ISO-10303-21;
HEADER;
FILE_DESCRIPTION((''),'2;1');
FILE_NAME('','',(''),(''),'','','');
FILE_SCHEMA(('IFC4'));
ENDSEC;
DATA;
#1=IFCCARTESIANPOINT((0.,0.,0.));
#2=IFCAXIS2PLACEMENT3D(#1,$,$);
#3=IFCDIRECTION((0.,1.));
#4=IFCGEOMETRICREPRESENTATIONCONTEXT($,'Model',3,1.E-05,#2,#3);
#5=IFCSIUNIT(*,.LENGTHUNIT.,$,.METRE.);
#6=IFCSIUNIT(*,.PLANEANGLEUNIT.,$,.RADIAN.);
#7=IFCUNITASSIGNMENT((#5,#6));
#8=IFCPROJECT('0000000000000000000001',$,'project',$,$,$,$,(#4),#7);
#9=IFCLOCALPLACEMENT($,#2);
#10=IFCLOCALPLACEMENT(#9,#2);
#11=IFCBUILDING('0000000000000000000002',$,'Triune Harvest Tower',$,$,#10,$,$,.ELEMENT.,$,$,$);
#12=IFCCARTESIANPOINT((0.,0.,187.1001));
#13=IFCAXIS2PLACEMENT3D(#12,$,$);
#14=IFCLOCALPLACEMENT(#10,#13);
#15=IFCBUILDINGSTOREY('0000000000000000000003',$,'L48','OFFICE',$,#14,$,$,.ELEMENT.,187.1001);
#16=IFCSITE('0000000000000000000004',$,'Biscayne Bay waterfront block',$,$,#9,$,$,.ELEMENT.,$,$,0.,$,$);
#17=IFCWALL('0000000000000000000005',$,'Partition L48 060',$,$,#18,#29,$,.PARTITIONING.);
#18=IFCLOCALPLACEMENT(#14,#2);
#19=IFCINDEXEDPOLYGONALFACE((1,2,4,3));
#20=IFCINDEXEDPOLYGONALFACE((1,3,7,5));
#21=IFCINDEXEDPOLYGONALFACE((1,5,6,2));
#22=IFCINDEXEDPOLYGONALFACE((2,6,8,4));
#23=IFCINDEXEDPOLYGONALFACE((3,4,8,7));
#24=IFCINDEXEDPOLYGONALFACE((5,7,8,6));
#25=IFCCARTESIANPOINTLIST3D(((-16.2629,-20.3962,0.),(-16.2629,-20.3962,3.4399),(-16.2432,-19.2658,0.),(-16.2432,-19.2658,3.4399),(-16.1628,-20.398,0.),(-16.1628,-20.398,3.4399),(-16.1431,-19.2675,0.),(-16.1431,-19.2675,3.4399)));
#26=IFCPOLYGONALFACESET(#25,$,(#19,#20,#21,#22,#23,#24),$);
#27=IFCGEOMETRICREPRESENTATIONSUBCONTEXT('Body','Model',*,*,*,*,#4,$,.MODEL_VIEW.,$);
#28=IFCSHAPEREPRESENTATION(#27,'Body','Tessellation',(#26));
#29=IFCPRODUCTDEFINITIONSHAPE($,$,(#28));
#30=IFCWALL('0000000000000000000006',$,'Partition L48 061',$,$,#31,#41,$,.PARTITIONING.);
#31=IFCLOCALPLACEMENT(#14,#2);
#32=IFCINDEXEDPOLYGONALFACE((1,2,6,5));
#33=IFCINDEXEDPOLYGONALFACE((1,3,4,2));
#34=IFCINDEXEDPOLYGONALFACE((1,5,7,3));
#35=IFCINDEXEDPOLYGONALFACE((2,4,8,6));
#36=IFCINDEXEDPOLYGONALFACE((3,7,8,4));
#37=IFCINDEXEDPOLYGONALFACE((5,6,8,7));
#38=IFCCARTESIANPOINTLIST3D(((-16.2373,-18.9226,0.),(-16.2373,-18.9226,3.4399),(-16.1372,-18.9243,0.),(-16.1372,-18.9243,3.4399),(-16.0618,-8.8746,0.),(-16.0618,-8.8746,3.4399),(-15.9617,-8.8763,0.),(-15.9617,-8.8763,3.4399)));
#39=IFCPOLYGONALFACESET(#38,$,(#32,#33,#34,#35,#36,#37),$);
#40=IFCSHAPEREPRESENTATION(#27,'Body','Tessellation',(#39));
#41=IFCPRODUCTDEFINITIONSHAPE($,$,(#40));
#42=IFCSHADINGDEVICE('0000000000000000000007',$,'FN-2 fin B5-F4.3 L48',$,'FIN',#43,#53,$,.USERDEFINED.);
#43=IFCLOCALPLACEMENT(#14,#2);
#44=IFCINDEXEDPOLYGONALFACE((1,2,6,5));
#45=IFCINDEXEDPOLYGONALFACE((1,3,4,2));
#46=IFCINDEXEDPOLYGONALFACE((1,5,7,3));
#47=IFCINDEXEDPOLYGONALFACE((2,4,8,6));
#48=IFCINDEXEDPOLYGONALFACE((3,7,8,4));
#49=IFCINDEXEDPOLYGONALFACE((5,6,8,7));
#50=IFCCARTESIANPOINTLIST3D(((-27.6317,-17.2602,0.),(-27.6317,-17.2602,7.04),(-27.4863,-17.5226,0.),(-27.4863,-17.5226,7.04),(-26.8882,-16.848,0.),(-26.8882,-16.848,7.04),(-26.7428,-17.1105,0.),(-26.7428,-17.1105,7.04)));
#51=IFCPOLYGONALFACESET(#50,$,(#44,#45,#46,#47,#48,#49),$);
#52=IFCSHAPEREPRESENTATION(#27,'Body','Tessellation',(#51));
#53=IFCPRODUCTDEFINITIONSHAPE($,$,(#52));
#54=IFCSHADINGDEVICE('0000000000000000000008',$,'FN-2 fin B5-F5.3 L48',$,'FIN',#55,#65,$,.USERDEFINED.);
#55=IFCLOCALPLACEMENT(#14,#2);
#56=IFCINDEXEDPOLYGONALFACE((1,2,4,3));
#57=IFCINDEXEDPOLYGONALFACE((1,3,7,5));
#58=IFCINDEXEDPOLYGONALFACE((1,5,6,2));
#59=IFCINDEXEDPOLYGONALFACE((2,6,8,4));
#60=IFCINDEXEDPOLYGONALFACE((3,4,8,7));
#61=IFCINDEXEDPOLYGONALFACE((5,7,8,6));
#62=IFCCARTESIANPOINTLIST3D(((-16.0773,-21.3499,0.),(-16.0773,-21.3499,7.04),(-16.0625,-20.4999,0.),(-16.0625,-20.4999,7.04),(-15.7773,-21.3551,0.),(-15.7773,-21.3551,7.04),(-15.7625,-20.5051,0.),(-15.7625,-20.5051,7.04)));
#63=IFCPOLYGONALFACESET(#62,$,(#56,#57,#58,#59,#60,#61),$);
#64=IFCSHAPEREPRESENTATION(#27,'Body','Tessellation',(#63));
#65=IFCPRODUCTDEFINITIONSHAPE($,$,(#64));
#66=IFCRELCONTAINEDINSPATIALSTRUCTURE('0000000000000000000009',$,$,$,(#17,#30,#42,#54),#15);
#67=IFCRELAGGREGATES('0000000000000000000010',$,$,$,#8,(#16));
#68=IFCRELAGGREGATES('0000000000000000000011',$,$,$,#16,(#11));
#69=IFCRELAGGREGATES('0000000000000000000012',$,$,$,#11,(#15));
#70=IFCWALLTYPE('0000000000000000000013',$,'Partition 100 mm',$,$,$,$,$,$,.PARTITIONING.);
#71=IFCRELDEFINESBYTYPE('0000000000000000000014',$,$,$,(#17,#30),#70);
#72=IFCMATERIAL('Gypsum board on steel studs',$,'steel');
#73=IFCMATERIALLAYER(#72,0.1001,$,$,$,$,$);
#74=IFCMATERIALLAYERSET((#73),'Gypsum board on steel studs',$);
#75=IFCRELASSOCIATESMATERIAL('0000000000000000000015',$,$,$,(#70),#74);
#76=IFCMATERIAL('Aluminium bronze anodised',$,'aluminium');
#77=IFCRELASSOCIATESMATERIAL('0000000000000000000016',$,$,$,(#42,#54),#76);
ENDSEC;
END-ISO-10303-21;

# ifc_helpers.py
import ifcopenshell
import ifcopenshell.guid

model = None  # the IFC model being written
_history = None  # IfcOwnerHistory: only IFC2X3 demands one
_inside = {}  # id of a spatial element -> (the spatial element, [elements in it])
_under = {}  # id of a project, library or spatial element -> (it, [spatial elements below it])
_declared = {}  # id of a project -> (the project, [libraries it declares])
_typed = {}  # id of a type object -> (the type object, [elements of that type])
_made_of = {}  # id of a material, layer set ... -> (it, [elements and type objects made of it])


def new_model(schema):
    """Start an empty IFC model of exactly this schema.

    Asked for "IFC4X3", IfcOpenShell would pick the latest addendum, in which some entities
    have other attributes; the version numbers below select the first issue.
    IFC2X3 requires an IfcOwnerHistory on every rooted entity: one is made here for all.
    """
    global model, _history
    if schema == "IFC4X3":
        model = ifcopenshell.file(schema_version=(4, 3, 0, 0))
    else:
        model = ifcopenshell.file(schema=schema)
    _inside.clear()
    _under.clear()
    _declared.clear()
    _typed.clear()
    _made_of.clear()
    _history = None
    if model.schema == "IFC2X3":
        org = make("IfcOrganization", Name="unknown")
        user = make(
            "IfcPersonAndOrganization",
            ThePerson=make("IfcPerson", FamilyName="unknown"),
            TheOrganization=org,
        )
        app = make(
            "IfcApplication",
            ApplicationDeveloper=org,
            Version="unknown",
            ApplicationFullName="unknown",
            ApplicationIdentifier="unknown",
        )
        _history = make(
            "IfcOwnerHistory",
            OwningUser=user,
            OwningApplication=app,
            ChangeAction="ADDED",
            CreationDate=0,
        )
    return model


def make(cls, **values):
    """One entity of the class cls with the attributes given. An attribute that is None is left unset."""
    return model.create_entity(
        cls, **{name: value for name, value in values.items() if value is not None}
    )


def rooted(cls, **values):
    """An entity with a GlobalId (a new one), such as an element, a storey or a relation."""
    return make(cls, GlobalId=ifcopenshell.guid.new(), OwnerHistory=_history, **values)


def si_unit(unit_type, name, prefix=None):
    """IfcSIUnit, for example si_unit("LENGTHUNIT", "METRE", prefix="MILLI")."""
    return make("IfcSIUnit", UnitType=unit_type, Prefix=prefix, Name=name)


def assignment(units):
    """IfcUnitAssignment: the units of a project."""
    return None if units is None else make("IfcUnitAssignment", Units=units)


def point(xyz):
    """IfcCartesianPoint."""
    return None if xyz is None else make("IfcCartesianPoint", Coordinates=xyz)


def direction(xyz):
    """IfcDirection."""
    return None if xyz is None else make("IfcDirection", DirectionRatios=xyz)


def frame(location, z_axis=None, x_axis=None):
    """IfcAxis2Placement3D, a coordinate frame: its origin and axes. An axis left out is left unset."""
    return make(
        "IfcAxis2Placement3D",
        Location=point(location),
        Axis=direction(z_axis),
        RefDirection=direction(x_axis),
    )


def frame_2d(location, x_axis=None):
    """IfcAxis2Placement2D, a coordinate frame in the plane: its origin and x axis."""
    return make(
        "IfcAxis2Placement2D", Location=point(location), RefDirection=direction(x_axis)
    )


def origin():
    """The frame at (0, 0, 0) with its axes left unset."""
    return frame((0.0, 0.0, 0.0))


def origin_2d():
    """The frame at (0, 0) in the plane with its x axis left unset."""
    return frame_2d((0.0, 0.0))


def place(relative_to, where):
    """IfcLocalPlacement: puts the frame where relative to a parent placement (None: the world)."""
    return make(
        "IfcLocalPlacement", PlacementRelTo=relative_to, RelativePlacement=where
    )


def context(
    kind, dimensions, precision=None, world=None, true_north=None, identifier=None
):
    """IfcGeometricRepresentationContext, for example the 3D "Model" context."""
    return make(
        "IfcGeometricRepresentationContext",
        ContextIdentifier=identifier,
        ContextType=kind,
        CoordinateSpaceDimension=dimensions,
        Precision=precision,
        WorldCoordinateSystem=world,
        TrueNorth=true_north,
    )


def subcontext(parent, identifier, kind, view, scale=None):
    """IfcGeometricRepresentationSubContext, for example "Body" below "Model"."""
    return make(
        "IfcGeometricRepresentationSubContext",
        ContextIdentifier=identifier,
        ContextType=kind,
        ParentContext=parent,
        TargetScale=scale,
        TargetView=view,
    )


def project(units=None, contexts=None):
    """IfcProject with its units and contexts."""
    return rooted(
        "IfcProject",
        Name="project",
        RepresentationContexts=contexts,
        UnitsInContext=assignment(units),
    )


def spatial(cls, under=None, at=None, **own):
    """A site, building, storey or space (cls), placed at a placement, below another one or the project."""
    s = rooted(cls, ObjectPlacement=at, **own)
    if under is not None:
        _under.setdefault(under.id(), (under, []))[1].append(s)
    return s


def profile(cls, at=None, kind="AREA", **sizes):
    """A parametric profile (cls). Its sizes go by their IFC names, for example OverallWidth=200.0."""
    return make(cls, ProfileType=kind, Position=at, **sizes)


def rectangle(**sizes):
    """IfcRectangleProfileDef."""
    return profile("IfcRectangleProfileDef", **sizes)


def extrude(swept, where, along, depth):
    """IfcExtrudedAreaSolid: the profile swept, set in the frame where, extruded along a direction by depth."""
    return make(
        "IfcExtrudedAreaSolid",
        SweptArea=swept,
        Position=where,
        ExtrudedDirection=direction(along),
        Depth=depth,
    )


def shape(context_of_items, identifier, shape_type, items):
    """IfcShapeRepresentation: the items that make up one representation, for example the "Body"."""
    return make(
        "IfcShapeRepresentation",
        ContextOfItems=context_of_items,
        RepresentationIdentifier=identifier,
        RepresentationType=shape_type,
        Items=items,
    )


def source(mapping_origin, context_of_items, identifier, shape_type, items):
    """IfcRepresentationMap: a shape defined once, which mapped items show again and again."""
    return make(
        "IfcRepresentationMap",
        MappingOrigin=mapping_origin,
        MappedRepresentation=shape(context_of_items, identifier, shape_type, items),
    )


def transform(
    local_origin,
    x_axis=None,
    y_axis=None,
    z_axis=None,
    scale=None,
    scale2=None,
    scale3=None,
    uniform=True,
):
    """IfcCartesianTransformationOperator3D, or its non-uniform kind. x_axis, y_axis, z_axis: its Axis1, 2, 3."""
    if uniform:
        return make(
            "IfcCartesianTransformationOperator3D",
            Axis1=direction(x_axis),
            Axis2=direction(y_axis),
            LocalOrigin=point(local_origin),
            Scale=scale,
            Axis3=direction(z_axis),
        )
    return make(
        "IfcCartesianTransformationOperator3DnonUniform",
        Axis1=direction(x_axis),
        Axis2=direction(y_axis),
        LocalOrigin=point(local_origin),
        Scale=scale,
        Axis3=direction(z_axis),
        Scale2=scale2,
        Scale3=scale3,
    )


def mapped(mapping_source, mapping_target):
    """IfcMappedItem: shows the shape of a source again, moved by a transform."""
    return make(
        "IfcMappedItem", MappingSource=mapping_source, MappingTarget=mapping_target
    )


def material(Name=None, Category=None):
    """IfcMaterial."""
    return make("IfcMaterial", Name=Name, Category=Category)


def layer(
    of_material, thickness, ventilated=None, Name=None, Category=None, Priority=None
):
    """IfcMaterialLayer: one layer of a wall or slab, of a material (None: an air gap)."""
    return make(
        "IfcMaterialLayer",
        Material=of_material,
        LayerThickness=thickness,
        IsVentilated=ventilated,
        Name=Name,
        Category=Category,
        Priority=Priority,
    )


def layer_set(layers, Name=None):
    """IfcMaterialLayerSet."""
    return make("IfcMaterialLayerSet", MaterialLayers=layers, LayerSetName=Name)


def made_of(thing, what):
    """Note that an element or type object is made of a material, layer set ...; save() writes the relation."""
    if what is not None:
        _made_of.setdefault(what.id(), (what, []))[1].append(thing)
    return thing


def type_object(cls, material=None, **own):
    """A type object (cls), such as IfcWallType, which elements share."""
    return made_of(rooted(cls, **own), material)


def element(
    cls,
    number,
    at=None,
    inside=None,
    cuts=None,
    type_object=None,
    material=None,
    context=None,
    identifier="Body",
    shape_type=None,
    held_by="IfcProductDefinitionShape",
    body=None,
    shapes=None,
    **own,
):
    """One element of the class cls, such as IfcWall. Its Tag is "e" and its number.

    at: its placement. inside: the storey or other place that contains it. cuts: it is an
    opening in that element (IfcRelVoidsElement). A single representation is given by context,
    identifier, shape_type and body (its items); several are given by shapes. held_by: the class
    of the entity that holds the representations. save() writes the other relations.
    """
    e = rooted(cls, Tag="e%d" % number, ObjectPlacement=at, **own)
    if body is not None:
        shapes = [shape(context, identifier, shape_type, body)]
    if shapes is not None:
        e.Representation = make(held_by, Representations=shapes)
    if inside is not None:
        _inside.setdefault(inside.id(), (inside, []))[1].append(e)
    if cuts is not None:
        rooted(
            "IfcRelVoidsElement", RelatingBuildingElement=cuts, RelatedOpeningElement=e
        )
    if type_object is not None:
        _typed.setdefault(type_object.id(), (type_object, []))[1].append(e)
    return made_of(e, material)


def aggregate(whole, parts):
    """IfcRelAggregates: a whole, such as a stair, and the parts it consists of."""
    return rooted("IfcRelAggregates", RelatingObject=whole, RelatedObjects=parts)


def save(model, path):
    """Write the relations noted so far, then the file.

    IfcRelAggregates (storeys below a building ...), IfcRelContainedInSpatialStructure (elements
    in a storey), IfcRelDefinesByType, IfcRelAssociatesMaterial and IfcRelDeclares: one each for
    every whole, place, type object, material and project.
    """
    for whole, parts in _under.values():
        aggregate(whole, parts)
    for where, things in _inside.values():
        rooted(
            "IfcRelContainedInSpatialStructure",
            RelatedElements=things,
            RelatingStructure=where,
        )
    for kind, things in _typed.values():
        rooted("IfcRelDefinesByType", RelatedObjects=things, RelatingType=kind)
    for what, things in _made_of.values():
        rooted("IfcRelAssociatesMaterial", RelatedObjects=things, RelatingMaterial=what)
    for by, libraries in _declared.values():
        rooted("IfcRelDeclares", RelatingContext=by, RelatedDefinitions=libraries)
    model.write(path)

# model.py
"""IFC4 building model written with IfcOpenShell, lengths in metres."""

from ifc_helpers import new_model, si_unit, direction, frame, frame_2d, origin, origin_2d, place, context, subcontext, project, spatial, rectangle, extrude, source, transform, mapped, material, layer, layer_set, type_object, element, save


model = new_model("IFC4")

# Units and contexts
model_context = context("Model", 3, precision=1e-05, world=origin(), true_north=direction((0.0, 1.0)))
body_context = subcontext(model_context, "Body", "Model", "MODEL_VIEW")
ifc_project = project(units=[si_unit("LENGTHUNIT", "METRE"), si_unit("PLANEANGLEUNIT", "RADIAN")], contexts=[model_context])

# Site, building, storey
site_placement = place(None, origin())
site = spatial("IfcSite", under=ifc_project, at=site_placement, Name="Biscayne Bay waterfront block", CompositionType="ELEMENT", RefElevation=0.0)
building_placement = place(site_placement, origin())
building = spatial("IfcBuilding", under=site, at=building_placement, Name="Triune Harvest Tower", CompositionType="ELEMENT")
storey_placement = place(building_placement, frame((0.0, 0.0, 187.1001)))
storey = spatial("IfcBuildingStorey", under=building, at=storey_placement, Name="L48", Description="OFFICE", CompositionType="ELEMENT", Elevation=187.1001)

# Walls
ifc_material_1 = material(Name="Gypsum board on steel studs", Category="steel")
ifc_layer_1 = layer(ifc_material_1, 0.1001)
ifc_layer_set_1 = layer_set([ifc_layer_1], Name="Gypsum board on steel studs")
wall_type = type_object("IfcWallType", Name="Partition 100 mm", PredefinedType="PARTITIONING", material=ifc_layer_set_1)
shared_shape_1 = source(origin(), body_context, "Body", "SweptSolid", [
    extrude(rectangle(XDim=1.1306, YDim=0.1001, at=frame_2d((0.5654, 0.0))), origin(), (0.0, 0.0, 1.0), 3.4399),
])
wall_1_placement = place(storey_placement, frame((-16.2129, -20.3972, 0.0), z_axis=(0.0, 0.0, 1.0), x_axis=(0.017492, 0.999847, 0.0)))
element("IfcWall", 1, at=wall_1_placement, inside=storey, type_object=wall_type, Name="Partition L48 060", PredefinedType="PARTITIONING", context=body_context, shape_type="MappedRepresentation", body=[
    mapped(shared_shape_1, transform((0.0, 0.0, 0.0), scale=1.0)),
])
shared_shape_2 = source(origin(), body_context, "Body", "SweptSolid", [
    extrude(rectangle(XDim=10.0496, YDim=0.1001, at=frame_2d((5.0249, 0.0))), origin(), (0.0, 0.0, 1.0), 3.4399),
])
wall_2_placement = place(storey_placement, frame((-16.1873, -18.9236, 0.0), z_axis=(0.0, 0.0, 1.0), x_axis=(0.017467, 0.999847, 0.0)))
element("IfcWall", 2, at=wall_2_placement, inside=storey, type_object=wall_type, Name="Partition L48 061", PredefinedType="PARTITIONING", context=body_context, shape_type="MappedRepresentation", body=[
    mapped(shared_shape_2, transform((0.0, 0.0, 0.0), scale=1.0)),
])

# Shading devices
ifc_material_2 = material(Name="Aluminium bronze anodised", Category="aluminium")
shared_shape_3 = source(origin(), body_context, "Body", "SweptSolid", [
    extrude(rectangle(XDim=0.3, YDim=0.8501, at=origin_2d()), origin(), (0.0, 0.0, 1.0), 7.04),
])
for number, where, z_axis, x_axis, name in (
    (3, (-27.1873, -17.1853, 0.0), (0.0, 0.0, 1.0), (0.484802, -0.874624, 0.0), "FN-2 fin B5-F4.3 L48"),
    (4, (-15.9199, -20.9275, 0.0), (0.0, 0.0, 1.0), (0.999848, -0.017452, 0.0), "FN-2 fin B5-F5.3 L48"),
):
    element("IfcShadingDevice", number, at=place(storey_placement, frame(where, z_axis=z_axis, x_axis=x_axis)), inside=storey, material=ifc_material_2, Name=name, ObjectType="FIN", PredefinedType="USERDEFINED", context=body_context, shape_type="MappedRepresentation", body=[
        mapped(shared_shape_3, transform((0.0, 0.0, 0.0), scale=1.0)),
    ])

save(model, "model.ifc")
